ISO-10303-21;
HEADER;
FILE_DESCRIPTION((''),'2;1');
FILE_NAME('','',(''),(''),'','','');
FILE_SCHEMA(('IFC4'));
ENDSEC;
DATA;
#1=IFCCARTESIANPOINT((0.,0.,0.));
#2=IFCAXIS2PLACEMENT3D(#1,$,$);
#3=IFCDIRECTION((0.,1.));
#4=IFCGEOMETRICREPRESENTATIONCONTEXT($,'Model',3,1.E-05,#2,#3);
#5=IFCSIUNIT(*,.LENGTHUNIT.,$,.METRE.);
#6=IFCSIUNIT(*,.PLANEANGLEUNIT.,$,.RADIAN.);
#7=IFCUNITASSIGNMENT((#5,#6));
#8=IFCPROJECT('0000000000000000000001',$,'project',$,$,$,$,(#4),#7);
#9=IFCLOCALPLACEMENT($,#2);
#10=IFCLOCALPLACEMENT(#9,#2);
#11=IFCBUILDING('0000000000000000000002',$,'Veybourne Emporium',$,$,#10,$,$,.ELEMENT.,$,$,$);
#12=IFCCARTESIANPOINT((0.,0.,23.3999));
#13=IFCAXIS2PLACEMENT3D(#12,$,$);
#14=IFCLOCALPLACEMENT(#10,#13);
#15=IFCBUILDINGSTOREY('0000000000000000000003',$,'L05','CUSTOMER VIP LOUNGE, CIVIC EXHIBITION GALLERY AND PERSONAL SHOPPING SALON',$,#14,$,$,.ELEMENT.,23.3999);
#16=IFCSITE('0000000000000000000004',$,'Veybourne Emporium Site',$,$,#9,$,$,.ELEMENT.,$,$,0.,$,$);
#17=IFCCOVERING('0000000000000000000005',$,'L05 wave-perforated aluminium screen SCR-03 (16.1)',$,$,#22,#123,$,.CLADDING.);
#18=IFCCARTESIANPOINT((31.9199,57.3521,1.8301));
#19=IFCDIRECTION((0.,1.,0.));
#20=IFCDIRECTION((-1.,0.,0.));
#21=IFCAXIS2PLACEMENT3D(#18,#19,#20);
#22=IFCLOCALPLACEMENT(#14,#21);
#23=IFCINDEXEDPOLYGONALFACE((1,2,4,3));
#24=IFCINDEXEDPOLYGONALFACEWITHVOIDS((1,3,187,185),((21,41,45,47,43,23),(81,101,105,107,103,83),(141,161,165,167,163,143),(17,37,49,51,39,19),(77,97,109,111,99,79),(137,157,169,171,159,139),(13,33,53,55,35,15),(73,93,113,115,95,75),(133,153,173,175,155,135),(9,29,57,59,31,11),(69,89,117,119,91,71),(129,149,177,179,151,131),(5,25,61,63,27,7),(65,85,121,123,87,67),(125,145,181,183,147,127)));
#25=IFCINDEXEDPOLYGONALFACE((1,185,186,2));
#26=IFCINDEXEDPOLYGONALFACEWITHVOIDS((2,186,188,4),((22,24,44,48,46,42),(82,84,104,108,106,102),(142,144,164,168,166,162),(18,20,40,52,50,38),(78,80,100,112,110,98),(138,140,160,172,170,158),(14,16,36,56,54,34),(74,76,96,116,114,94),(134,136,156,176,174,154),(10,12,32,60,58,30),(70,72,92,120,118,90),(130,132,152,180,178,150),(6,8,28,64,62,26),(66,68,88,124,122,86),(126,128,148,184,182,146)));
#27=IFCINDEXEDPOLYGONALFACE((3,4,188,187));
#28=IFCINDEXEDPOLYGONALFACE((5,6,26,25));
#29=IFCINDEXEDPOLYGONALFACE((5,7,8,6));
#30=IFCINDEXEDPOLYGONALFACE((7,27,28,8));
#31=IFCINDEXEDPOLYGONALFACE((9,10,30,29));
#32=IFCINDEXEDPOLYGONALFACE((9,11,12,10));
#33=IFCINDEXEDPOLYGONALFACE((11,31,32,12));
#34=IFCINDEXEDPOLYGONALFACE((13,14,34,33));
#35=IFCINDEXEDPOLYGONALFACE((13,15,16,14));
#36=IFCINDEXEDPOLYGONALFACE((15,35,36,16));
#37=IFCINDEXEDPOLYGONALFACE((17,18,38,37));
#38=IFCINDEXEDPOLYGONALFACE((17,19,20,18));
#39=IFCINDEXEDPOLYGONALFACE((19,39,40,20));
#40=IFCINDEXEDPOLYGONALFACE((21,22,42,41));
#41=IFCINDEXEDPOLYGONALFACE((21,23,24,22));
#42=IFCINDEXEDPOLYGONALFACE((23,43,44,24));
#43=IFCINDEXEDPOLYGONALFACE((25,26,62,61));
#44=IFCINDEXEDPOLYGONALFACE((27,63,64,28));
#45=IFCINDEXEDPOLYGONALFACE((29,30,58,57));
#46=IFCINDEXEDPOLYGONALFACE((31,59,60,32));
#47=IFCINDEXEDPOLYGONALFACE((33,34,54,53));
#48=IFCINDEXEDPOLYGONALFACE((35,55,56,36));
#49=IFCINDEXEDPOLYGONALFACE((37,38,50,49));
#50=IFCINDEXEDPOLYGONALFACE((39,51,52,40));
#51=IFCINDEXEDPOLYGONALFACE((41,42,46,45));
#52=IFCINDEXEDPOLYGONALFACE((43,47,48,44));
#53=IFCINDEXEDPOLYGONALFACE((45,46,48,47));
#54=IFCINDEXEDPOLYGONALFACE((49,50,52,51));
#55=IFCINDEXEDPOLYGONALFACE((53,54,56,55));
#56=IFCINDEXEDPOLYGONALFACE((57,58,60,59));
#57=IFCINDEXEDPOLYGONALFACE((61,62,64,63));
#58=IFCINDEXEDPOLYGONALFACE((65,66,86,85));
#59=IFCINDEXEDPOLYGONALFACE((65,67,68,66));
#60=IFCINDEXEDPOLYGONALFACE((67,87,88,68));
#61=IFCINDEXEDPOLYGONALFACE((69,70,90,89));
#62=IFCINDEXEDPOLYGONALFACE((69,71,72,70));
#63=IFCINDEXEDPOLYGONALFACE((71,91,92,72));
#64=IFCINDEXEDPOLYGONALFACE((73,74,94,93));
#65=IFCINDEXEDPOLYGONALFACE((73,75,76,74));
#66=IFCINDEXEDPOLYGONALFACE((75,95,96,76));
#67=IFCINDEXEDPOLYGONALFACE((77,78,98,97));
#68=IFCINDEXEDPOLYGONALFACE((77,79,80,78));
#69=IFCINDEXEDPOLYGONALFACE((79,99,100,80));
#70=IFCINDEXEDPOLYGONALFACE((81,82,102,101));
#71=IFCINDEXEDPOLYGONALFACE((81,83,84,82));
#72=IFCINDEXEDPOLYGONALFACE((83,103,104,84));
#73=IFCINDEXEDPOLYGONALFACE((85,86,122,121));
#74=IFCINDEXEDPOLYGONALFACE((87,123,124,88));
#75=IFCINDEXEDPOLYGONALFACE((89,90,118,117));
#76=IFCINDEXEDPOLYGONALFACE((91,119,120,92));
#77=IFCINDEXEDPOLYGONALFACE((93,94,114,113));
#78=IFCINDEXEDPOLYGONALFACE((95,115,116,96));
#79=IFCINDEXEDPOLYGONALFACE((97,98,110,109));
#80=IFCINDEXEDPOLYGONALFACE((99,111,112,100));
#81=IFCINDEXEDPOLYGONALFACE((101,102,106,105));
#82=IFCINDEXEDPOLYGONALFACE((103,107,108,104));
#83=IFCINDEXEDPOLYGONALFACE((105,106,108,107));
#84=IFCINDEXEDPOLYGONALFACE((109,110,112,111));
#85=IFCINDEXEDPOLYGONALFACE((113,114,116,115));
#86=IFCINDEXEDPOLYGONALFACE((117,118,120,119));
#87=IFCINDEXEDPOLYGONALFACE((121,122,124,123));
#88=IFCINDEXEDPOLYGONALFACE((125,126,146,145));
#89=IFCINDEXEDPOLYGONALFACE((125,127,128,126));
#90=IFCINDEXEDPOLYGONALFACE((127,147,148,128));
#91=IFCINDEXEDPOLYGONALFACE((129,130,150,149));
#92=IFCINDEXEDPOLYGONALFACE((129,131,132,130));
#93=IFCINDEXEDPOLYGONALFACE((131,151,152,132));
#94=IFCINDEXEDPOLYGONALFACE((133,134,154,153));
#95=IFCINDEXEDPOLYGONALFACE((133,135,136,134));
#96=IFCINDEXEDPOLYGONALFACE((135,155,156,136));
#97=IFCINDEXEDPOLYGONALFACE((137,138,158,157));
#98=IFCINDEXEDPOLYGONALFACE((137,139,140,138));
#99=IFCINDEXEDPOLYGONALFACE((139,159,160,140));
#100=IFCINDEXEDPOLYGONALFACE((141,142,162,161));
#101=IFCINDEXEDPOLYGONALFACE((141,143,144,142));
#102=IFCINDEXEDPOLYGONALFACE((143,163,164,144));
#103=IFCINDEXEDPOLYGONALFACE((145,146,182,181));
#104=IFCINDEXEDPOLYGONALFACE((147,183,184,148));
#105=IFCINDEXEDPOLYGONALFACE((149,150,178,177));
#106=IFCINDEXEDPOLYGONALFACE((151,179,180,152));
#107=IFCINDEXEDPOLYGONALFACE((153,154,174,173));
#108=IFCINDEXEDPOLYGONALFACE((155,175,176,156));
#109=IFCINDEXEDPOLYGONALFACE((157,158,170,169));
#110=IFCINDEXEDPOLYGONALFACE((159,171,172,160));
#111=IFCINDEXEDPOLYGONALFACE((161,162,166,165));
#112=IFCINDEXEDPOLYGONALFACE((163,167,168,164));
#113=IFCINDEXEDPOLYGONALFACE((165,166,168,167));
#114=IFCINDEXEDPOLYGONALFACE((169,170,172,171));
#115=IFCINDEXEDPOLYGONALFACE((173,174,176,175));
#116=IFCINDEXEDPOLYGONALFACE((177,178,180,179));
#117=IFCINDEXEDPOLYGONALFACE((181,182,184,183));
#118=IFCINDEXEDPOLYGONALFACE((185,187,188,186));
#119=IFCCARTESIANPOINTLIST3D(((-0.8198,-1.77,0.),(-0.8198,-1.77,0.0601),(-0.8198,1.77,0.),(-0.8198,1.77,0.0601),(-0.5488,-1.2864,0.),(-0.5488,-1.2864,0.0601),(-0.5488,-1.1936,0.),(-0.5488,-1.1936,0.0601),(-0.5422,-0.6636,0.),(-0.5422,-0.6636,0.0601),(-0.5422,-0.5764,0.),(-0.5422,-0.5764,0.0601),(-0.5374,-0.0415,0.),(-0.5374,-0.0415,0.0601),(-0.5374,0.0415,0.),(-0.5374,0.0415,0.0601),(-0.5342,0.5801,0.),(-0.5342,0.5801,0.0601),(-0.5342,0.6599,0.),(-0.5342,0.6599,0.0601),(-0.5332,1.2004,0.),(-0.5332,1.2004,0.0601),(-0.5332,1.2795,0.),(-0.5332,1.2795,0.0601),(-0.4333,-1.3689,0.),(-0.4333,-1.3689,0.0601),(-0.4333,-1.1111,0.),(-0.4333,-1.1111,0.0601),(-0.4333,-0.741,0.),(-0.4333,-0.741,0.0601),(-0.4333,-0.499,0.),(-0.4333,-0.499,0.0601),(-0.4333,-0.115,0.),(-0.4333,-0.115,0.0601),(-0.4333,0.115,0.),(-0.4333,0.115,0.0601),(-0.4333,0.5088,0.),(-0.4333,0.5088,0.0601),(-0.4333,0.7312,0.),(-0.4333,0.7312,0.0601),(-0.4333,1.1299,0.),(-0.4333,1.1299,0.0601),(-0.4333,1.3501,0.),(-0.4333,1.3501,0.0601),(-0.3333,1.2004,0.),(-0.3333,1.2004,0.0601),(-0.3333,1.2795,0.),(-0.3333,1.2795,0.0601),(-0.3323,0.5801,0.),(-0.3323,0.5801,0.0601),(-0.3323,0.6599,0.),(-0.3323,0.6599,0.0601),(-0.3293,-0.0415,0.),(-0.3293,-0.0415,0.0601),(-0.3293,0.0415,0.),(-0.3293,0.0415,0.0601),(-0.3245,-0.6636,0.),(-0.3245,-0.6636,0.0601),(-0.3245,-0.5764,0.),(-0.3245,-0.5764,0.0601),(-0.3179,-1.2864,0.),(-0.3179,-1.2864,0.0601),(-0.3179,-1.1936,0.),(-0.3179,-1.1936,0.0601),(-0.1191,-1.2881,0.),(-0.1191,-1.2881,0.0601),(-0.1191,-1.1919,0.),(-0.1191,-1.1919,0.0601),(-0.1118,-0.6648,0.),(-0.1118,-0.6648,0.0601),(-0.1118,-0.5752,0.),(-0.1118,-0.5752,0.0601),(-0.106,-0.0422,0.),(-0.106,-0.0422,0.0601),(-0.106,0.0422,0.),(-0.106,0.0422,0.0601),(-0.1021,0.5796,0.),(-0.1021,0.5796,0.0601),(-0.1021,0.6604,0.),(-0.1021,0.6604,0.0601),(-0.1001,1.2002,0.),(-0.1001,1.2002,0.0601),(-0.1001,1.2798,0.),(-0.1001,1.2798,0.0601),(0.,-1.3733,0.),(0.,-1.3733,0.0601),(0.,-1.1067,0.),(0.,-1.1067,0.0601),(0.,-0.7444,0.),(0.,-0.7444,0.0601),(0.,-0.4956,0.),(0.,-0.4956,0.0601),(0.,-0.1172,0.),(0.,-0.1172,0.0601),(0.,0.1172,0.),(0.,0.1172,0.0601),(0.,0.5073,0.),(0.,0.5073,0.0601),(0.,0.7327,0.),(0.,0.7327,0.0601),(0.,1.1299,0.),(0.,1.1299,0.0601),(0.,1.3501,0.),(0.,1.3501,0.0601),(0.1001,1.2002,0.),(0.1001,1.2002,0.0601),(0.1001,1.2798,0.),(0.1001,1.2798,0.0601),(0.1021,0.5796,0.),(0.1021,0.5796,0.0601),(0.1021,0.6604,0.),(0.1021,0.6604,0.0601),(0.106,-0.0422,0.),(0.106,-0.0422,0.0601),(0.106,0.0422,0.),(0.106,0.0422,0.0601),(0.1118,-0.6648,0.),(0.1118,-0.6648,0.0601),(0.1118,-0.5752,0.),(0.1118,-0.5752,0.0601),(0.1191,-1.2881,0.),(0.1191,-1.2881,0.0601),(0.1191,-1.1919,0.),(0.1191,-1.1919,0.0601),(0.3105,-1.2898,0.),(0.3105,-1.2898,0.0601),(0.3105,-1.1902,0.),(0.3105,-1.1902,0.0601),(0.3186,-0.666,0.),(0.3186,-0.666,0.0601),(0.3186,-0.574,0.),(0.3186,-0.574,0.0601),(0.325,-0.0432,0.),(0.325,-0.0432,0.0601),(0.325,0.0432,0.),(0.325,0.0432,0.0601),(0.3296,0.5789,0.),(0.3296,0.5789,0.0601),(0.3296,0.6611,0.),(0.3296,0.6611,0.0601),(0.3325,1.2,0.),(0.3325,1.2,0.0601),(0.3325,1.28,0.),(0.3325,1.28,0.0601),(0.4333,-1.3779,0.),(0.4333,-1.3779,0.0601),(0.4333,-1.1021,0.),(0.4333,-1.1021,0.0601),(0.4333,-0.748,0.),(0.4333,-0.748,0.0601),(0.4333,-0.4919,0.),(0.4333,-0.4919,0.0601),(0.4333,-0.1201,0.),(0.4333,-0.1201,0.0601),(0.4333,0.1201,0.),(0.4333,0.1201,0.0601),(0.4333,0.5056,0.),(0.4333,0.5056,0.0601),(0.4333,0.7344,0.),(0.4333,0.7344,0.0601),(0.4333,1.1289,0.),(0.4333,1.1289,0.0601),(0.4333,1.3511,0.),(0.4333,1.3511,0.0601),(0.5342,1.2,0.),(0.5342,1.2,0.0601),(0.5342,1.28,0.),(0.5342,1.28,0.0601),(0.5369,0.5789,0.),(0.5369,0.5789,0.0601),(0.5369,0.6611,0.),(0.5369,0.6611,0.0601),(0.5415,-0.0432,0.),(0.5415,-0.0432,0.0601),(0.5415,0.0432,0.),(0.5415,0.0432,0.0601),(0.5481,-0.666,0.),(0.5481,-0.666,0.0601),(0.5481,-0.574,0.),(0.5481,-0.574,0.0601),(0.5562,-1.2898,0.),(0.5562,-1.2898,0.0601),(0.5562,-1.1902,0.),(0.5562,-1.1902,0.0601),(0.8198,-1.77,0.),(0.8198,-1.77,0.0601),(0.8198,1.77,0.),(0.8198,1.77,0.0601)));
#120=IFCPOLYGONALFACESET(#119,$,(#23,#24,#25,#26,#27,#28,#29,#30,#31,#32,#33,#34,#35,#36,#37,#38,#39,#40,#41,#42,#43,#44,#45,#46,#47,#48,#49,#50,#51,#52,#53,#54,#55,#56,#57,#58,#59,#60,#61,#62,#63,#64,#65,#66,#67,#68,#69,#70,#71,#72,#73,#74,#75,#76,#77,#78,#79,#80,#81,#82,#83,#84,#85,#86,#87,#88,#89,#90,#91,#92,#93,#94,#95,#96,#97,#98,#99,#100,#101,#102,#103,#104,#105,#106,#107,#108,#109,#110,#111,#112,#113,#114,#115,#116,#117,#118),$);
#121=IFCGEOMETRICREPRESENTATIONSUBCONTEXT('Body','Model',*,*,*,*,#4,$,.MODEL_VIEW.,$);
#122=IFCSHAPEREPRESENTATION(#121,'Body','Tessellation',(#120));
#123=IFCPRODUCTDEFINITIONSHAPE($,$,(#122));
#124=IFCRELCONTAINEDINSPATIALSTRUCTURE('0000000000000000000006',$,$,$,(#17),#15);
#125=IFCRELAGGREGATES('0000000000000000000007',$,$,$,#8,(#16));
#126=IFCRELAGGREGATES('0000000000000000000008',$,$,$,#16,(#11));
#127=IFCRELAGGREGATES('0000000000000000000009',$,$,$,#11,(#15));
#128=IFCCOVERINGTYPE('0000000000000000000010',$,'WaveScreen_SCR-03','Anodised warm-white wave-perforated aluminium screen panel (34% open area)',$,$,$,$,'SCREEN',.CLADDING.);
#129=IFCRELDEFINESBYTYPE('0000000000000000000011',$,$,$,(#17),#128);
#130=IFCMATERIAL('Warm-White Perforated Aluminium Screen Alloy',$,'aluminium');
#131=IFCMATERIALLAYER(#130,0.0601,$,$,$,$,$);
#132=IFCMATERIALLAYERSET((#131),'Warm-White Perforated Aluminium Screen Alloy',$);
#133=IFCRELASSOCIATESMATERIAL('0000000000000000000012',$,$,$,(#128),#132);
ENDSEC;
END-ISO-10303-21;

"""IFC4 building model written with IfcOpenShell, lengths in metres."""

from ifc_helpers import new_model, si_unit, direction, frame, origin, place, context, subcontext, project, spatial, polyline, outline, extrude, material, layer, layer_set, type_object, element, save


model = new_model("IFC4")

# Units and contexts
model_context = context("Model", 3, precision=1e-05, world=origin(), true_north=direction((0.0, 1.0)))
body_context = subcontext(model_context, "Body", "Model", "MODEL_VIEW")
ifc_project = project(units=[si_unit("LENGTHUNIT", "METRE"), si_unit("PLANEANGLEUNIT", "RADIAN")], contexts=[model_context])

# Site, building, storey
site_placement = place(None, origin())
site = spatial("IfcSite", under=ifc_project, at=site_placement, Name="Veybourne Emporium Site", CompositionType="ELEMENT", RefElevation=0.0)
building_placement = place(site_placement, origin())
building = spatial("IfcBuilding", under=site, at=building_placement, Name="Veybourne Emporium", CompositionType="ELEMENT")
storey_placement = place(building_placement, frame((0.0, 0.0, 23.3999)))
storey = spatial("IfcBuildingStorey", under=building, at=storey_placement, Name="L05", Description="CUSTOMER VIP LOUNGE, CIVIC EXHIBITION GALLERY AND PERSONAL SHOPPING SALON", CompositionType="ELEMENT", Elevation=23.3999)

# Covering
ifc_material_1 = material(Name="Warm-White Perforated Aluminium Screen Alloy", Category="aluminium")
ifc_layer_1 = layer(ifc_material_1, 0.0601)
ifc_layer_set_1 = layer_set([ifc_layer_1], Name="Warm-White Perforated Aluminium Screen Alloy")
covering_type_1 = type_object("IfcCoveringType", Name="WaveScreen_SCR-03", Description="Anodised warm-white wave-perforated aluminium screen panel (34% open area)", ElementType="SCREEN", PredefinedType="CLADDING", material=ifc_layer_set_1)
covering_1_placement = place(storey_placement, frame((31.9199, 57.3521, 1.8301), z_axis=(0.0, 1.0, 0.0), x_axis=(-1.0, 0.0, 0.0)))
element("IfcCovering", 1, at=covering_1_placement, inside=storey, type_object=covering_type_1, Name="L05 wave-perforated aluminium screen SCR-03 (16.1)", PredefinedType="CLADDING", context=body_context, shape_type="SweptSolid", body=[
    extrude(outline(polyline([(-0.8198, -1.77), (0.8198, -1.77), (0.8198, 1.77), (-0.8198, 1.77), (-0.8198, -1.77)]), holes=[polyline([(-0.4333, -1.1111), (-0.3179, -1.1936), (-0.3179, -1.2864), (-0.4333, -1.3689), (-0.5488, -1.2864), (-0.5488, -1.1936), (-0.4333, -1.1111)]), polyline([(-0.4333, -0.499), (-0.3245, -0.5764), (-0.3245, -0.6636), (-0.4333, -0.741), (-0.5422, -0.6636), (-0.5422, -0.5764), (-0.4333, -0.499)]), polyline([(-0.4333, 0.115), (-0.3293, 0.0415), (-0.3293, -0.0415), (-0.4333, -0.115), (-0.5374, -0.0415), (-0.5374, 0.0415), (-0.4333, 0.115)]), polyline([(-0.4333, 0.7312), (-0.3323, 0.6599), (-0.3323, 0.5801), (-0.4333, 0.5088), (-0.5342, 0.5801), (-0.5342, 0.6599), (-0.4333, 0.7312)]), polyline([(-0.4333, 1.3501), (-0.3333, 1.2795), (-0.3333, 1.2004), (-0.4333, 1.1299), (-0.5332, 1.2004), (-0.5332, 1.2795), (-0.4333, 1.3501)]), polyline([(0.0, -1.1067), (0.1191, -1.1919), (0.1191, -1.2881), (0.0, -1.3733), (-0.1191, -1.2881), (-0.1191, -1.1919), (0.0, -1.1067)]), polyline([(0.0, -0.4956), (0.1118, -0.5752), (0.1118, -0.6648), (0.0, -0.7444), (-0.1118, -0.6648), (-0.1118, -0.5752), (0.0, -0.4956)]), polyline([(0.0, 0.1172), (0.106, 0.0422), (0.106, -0.0422), (0.0, -0.1172), (-0.106, -0.0422), (-0.106, 0.0422), (0.0, 0.1172)]), polyline([(0.0, 0.7327), (0.1021, 0.6604), (0.1021, 0.5796), (0.0, 0.5073), (-0.1021, 0.5796), (-0.1021, 0.6604), (0.0, 0.7327)]), polyline([(0.0, 1.3501), (0.1001, 1.2798), (0.1001, 1.2002), (0.0, 1.1299), (-0.1001, 1.2002), (-0.1001, 1.2798), (0.0, 1.3501)]), polyline([(0.4333, -1.1021), (0.5562, -1.1902), (0.5562, -1.2898), (0.4333, -1.3779), (0.3105, -1.2898), (0.3105, -1.1902), (0.4333, -1.1021)]), polyline([(0.4333, -0.4919), (0.5481, -0.574), (0.5481, -0.666), (0.4333, -0.748), (0.3186, -0.666), (0.3186, -0.574), (0.4333, -0.4919)]), polyline([(0.4333, 0.1201), (0.5415, 0.0432), (0.5415, -0.0432), (0.4333, -0.1201), (0.325, -0.0432), (0.325, 0.0432), (0.4333, 0.1201)]), polyline([(0.4333, 0.7344), (0.5369, 0.6611), (0.5369, 0.5789), (0.4333, 0.5056), (0.3296, 0.5789), (0.3296, 0.6611), (0.4333, 0.7344)]), polyline([(0.4333, 1.3511), (0.5342, 1.28), (0.5342, 1.2), (0.4333, 1.1289), (0.3325, 1.2), (0.3325, 1.28), (0.4333, 1.3511)])]), origin(), (0.0, 0.0, 1.0), 0.0601),
])

save(model, "model.ifc")
